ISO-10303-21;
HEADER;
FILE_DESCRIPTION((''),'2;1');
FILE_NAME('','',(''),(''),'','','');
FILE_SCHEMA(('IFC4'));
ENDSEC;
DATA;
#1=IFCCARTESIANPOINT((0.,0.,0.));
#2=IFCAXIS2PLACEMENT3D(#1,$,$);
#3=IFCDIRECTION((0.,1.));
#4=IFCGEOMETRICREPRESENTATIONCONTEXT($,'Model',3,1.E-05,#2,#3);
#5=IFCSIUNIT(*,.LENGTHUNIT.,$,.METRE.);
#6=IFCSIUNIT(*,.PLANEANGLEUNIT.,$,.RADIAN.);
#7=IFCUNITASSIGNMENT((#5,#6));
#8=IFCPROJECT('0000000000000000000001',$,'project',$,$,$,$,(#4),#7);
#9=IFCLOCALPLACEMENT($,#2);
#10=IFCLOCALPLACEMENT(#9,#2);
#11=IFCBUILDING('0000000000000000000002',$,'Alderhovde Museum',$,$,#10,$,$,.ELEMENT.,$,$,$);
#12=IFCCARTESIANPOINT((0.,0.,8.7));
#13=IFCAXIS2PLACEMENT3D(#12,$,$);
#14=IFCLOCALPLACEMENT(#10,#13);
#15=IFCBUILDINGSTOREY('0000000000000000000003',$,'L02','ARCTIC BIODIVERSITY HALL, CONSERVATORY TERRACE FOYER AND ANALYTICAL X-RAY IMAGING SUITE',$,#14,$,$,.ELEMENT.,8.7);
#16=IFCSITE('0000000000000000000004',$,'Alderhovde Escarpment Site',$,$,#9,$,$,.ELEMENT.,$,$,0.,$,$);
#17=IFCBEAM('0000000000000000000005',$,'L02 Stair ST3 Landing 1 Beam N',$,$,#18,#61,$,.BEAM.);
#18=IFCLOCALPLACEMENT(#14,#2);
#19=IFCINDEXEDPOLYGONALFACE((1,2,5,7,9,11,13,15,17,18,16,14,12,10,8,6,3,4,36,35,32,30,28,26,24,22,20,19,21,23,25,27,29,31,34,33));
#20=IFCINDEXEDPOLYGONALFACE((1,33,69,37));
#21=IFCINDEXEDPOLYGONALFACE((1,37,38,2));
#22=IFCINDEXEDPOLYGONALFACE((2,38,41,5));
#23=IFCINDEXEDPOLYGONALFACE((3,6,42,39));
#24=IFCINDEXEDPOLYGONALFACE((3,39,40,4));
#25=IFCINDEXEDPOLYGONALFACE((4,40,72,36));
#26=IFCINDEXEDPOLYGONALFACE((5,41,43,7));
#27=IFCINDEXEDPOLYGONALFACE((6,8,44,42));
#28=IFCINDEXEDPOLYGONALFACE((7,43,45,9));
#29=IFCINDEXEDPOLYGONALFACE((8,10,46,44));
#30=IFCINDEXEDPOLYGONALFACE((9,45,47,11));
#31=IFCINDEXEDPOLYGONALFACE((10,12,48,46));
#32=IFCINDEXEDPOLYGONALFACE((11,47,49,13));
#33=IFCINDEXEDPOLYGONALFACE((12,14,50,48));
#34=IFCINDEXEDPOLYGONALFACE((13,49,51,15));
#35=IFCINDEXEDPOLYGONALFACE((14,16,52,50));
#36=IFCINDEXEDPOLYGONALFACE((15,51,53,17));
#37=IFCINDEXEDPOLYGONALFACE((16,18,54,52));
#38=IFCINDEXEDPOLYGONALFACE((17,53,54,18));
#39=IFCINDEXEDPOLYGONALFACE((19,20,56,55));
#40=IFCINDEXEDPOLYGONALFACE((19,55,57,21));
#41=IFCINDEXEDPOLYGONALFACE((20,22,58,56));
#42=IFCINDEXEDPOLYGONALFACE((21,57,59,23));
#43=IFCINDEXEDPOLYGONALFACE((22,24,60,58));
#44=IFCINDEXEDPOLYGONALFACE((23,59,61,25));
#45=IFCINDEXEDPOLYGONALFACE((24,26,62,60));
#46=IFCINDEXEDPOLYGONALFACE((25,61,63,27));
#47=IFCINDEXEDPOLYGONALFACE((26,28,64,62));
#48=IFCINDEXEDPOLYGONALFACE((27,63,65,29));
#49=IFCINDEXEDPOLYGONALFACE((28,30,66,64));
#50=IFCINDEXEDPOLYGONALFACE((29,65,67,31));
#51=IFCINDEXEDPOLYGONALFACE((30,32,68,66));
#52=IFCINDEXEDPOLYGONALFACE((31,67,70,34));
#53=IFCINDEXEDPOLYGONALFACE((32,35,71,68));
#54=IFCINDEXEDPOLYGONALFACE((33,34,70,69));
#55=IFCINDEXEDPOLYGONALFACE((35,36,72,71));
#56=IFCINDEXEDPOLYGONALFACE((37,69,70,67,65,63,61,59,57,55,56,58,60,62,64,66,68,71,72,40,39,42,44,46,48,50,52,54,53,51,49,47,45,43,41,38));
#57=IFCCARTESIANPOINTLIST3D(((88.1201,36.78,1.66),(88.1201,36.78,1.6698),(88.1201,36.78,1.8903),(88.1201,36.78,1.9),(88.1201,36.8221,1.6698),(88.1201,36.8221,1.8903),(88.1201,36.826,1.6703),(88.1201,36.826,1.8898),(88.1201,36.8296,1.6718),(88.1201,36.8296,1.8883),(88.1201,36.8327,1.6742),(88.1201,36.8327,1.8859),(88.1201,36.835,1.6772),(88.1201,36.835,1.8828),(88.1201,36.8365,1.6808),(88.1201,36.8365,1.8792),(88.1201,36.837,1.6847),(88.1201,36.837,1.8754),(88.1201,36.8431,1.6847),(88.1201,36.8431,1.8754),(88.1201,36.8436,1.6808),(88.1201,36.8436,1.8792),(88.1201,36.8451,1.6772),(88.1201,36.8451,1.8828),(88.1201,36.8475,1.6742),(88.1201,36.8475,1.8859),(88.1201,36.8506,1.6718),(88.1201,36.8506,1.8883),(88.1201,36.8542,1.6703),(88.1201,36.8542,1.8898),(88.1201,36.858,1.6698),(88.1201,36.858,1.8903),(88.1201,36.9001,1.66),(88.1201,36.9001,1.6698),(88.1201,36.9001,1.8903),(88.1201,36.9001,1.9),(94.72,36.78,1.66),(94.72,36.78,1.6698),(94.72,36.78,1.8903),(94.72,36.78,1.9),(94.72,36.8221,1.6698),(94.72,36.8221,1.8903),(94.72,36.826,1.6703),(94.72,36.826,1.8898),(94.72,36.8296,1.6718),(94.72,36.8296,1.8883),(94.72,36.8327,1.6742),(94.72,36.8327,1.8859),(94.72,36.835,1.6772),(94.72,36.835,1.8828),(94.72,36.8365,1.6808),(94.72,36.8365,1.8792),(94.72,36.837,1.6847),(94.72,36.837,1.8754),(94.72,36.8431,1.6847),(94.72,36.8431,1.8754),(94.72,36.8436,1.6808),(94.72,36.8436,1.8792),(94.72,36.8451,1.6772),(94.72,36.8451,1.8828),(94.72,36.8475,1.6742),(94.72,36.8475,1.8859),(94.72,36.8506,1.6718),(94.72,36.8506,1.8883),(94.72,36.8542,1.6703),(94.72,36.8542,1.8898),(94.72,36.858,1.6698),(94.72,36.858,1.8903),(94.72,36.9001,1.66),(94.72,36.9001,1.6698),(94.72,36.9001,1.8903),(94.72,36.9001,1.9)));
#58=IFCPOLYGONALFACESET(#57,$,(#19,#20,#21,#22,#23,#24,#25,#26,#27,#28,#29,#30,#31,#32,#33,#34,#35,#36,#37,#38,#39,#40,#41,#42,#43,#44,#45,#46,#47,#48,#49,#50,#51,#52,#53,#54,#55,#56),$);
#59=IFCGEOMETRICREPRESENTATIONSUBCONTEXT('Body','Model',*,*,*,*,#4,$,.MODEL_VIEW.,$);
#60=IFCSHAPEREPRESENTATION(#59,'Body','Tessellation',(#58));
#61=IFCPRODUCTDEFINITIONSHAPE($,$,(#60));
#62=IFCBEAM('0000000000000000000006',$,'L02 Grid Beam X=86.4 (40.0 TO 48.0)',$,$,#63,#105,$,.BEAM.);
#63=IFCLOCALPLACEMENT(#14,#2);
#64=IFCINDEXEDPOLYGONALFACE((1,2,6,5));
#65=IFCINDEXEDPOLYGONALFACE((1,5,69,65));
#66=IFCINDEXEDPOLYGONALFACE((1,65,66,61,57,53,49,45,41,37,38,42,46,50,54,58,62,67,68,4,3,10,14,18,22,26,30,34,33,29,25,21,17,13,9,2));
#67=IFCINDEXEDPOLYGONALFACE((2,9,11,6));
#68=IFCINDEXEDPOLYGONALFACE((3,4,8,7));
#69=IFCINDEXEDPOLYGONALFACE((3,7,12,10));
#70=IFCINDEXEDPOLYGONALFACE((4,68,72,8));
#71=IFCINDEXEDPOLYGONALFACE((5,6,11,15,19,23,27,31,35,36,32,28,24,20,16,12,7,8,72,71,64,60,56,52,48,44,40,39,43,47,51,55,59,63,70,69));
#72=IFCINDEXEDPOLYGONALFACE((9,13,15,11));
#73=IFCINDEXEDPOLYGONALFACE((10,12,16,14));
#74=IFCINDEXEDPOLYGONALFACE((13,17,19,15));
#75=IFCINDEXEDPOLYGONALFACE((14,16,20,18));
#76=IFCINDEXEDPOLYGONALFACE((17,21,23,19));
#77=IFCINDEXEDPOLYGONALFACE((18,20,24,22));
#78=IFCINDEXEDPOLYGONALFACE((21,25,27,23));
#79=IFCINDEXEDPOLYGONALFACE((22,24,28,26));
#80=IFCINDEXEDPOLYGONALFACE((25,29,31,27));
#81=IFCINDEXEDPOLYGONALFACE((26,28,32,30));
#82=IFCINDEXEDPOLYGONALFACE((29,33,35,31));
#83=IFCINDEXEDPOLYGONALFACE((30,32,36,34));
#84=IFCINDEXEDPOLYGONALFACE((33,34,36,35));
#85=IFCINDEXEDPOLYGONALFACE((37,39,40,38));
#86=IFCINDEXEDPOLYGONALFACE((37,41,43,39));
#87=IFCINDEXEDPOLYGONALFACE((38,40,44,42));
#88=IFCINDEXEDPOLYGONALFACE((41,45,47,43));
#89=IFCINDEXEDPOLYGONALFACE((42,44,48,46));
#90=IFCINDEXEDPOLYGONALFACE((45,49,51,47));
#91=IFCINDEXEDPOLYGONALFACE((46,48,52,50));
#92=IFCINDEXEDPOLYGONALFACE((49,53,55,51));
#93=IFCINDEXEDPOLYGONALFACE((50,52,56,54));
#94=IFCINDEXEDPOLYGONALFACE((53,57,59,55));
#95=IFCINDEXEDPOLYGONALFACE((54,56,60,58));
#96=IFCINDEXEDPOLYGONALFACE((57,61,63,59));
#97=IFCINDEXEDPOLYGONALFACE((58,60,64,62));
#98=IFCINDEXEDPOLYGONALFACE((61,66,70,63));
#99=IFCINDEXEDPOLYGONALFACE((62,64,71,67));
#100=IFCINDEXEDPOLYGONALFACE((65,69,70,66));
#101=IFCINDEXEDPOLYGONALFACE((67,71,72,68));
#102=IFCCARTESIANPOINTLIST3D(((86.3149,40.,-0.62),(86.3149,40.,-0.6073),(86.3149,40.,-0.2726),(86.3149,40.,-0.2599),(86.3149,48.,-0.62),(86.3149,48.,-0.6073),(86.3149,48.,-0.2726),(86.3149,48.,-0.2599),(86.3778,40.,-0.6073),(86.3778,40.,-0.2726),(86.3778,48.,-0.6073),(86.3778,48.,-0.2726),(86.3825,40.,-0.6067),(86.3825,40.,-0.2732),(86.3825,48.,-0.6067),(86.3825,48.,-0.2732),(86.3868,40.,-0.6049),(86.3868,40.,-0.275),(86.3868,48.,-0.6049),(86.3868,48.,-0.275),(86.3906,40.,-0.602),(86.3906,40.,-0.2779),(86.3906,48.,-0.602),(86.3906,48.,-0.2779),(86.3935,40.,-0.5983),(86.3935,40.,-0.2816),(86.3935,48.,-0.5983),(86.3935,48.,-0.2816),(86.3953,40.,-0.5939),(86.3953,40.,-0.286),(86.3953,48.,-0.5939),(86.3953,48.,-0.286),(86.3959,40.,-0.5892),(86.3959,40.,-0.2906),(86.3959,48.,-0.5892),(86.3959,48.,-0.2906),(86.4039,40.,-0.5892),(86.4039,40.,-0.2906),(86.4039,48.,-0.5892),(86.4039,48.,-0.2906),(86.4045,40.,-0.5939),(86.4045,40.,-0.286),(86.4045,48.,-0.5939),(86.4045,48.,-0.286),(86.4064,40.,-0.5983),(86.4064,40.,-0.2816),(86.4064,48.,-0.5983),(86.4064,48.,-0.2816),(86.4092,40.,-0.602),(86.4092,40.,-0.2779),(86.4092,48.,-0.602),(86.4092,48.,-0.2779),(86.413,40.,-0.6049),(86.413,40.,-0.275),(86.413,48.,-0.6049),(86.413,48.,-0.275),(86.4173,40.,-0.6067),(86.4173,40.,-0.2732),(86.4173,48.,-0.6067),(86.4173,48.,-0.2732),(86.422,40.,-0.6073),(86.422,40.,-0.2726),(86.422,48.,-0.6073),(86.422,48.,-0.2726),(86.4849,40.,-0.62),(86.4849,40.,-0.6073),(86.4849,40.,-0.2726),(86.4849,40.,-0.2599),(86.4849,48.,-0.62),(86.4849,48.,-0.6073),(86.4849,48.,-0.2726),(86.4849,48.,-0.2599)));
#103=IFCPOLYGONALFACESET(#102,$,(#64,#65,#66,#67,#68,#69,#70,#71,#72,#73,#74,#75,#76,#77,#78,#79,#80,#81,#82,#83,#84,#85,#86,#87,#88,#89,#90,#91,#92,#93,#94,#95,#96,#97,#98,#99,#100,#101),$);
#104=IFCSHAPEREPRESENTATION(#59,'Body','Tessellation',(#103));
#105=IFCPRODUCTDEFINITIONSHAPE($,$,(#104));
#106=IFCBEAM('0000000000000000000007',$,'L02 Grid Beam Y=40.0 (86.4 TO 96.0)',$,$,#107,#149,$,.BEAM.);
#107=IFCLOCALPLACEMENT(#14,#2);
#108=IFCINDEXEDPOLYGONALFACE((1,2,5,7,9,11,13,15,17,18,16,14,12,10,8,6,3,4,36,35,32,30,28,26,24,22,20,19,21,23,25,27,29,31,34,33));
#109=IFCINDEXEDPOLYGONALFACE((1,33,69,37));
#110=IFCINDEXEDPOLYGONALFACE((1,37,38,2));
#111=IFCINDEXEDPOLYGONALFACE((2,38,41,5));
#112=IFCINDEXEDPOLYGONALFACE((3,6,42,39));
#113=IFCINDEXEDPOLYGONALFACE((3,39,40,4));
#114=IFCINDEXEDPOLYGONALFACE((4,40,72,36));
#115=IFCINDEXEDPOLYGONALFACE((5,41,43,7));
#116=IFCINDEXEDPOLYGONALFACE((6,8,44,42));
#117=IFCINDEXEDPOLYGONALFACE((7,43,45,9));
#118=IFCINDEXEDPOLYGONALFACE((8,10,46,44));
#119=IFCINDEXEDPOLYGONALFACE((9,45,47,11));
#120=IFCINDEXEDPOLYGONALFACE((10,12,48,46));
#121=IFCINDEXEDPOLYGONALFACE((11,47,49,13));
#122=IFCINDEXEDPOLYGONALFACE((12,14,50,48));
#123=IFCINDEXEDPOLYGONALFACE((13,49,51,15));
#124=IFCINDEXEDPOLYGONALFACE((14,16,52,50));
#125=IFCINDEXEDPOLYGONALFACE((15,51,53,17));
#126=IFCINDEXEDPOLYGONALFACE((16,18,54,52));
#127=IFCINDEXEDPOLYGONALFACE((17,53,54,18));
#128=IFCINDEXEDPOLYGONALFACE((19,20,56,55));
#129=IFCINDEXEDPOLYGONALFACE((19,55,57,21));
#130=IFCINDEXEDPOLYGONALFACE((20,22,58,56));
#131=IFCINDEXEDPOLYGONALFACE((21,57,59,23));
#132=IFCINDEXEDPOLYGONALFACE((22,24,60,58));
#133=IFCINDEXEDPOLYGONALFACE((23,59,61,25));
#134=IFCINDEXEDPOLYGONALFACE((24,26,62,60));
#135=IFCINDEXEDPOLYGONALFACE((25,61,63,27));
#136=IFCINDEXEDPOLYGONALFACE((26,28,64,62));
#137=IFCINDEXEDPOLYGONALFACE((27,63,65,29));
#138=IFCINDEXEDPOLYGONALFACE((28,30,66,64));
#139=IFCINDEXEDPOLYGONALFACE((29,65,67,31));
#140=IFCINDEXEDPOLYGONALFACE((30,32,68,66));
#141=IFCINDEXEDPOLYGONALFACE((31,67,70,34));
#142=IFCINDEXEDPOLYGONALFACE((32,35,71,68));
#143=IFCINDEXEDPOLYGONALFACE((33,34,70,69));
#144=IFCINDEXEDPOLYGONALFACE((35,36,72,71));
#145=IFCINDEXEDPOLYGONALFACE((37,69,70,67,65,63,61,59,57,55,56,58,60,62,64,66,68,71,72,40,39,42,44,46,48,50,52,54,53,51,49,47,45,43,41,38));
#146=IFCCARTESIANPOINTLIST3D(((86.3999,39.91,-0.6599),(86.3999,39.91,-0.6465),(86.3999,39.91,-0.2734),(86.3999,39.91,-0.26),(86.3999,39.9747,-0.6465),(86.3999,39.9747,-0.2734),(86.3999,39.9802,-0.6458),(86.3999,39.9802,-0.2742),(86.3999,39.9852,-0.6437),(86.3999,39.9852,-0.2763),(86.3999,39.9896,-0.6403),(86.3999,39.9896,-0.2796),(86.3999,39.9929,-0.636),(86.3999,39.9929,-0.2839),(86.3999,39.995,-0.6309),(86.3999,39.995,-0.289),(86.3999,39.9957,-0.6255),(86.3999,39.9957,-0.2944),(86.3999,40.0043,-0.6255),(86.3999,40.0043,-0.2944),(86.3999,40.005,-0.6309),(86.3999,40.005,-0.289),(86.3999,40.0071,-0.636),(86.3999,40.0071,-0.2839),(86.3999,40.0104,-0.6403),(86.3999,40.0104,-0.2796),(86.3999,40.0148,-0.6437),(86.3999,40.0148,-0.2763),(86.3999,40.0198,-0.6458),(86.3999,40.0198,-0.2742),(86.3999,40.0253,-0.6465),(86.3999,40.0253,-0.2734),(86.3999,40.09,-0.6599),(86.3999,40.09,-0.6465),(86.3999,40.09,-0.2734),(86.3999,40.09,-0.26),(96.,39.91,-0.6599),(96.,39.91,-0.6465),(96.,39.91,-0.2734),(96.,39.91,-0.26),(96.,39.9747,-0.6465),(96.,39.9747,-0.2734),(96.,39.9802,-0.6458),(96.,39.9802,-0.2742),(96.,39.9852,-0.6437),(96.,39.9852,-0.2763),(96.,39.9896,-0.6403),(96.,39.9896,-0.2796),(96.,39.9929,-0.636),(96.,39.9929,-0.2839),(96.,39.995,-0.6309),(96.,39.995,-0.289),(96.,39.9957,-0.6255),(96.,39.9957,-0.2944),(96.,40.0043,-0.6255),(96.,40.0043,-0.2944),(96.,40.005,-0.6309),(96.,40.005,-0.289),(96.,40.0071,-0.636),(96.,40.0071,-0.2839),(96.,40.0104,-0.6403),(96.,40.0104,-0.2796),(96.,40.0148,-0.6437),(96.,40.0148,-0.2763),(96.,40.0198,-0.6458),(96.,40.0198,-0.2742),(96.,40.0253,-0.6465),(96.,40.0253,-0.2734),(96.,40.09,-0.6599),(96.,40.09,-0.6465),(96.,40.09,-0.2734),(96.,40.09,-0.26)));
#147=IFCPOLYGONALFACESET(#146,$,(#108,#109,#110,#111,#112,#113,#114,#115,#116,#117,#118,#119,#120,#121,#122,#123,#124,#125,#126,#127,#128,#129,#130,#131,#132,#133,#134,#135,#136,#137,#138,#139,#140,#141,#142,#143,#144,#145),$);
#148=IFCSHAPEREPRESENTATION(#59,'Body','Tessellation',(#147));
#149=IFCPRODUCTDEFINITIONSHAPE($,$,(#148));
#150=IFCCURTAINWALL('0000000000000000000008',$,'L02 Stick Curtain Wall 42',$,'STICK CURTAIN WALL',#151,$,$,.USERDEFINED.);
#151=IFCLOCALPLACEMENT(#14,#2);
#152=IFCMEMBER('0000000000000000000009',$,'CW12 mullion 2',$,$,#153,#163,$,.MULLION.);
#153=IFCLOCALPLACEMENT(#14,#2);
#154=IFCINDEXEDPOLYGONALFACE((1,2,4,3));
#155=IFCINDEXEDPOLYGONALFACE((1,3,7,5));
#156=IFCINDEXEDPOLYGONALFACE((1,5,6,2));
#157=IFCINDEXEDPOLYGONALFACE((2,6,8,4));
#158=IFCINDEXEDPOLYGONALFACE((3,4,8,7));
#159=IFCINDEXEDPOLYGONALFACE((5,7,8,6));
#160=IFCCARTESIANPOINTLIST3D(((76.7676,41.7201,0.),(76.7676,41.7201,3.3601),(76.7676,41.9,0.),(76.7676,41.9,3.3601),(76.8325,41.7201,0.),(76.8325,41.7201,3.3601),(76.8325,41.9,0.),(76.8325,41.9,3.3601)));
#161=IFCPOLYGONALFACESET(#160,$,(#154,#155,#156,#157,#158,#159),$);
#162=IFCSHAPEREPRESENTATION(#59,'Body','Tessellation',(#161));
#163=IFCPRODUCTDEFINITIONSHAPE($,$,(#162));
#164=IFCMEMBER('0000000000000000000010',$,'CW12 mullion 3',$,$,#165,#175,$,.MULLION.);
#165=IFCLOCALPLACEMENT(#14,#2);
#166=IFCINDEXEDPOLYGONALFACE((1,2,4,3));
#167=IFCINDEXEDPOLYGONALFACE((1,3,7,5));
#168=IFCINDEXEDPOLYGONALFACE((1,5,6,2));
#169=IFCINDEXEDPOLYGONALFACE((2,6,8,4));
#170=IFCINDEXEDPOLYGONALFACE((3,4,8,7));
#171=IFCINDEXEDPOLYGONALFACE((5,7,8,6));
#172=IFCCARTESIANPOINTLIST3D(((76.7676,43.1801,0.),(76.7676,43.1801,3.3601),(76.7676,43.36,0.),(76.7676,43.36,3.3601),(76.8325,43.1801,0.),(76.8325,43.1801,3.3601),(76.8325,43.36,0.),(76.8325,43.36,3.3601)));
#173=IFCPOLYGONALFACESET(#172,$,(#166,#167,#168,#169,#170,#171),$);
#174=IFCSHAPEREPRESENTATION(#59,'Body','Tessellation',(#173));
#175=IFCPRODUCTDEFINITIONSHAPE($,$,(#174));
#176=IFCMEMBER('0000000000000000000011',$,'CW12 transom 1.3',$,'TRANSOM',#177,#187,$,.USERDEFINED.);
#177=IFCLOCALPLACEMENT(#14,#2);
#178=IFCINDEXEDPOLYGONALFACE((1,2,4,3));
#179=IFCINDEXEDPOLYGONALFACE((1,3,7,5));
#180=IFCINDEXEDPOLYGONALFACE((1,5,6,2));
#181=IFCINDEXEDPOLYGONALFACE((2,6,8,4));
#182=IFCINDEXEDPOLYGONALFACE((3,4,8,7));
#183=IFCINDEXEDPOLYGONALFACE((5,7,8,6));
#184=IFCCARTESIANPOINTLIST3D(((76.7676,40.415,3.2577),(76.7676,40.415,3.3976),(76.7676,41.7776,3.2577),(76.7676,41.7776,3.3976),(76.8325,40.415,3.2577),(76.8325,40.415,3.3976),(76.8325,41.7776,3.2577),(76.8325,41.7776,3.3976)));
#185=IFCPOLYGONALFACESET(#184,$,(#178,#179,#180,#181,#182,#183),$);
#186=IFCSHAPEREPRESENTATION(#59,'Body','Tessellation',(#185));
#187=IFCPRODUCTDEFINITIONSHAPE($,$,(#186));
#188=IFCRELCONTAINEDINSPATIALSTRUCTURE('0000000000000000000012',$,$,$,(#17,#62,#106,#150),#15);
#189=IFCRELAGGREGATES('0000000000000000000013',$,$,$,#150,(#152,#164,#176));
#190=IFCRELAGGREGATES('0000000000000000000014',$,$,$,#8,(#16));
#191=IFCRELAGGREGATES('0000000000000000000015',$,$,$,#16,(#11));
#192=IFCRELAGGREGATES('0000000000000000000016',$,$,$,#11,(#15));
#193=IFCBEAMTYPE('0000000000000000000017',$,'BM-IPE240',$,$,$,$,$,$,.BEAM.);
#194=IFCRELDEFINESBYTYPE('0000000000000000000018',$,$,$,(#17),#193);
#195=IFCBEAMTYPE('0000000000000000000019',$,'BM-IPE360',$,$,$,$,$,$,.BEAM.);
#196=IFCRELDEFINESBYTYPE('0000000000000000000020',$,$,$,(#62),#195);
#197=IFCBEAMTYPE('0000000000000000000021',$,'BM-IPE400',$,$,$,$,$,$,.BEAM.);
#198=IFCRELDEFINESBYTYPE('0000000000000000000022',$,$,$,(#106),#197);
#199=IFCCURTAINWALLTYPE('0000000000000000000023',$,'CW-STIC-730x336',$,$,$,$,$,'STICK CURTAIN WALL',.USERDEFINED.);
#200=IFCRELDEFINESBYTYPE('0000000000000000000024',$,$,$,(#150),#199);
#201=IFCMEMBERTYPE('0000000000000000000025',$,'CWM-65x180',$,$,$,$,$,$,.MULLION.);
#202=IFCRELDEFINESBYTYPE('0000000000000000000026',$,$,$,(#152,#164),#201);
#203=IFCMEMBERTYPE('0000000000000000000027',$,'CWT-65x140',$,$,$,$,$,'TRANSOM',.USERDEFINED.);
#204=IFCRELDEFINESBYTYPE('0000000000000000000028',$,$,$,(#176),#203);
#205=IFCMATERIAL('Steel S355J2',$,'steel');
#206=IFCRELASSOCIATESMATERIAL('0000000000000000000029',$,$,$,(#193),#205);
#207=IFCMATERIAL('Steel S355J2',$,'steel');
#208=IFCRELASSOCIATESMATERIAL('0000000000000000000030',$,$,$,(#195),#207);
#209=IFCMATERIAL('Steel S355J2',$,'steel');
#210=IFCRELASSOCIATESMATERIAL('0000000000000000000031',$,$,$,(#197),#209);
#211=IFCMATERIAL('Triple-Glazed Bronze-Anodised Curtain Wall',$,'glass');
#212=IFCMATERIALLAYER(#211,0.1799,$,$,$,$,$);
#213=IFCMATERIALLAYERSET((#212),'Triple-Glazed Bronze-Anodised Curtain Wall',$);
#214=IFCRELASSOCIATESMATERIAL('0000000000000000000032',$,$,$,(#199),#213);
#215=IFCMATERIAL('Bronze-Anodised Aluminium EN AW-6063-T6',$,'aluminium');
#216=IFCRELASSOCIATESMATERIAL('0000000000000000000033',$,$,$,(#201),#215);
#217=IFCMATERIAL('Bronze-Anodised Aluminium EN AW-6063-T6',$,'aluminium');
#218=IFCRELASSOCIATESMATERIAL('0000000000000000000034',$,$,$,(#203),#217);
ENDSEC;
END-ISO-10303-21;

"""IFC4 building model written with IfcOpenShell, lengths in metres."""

from ifc_helpers import new_model, si_unit, direction, frame, origin, origin_2d, place, context, subcontext, project, spatial, rectangle, i_section, extrude, material, layer, layer_set, material_profile, profile_set, type_object, element, aggregate, save


model = new_model("IFC4")

# Units and contexts
model_context = context("Model", 3, precision=1e-05, world=origin(), true_north=direction((0.0, 1.0)))
body_context = subcontext(model_context, "Body", "Model", "MODEL_VIEW")
ifc_project = project(units=[si_unit("LENGTHUNIT", "METRE"), si_unit("PLANEANGLEUNIT", "RADIAN")], contexts=[model_context])

# Site, building, storey
site_placement = place(None, origin())
site = spatial("IfcSite", under=ifc_project, at=site_placement, Name="Alderhovde Escarpment Site", CompositionType="ELEMENT", RefElevation=0.0)
building_placement = place(site_placement, origin())
building = spatial("IfcBuilding", under=site, at=building_placement, Name="Alderhovde Museum", CompositionType="ELEMENT")
storey_placement = place(building_placement, frame((0.0, 0.0, 8.7)))
storey = spatial("IfcBuildingStorey", under=building, at=storey_placement, Name="L02", Description="ARCTIC BIODIVERSITY HALL, CONSERVATORY TERRACE FOYER AND ANALYTICAL X-RAY IMAGING SUITE", CompositionType="ELEMENT", Elevation=8.7)

# Beams
ifc_material_1 = material(Name="Steel S355J2", Category="steel")
ifc_material_profile_1 = material_profile(ifc_material_1, i_section(OverallWidth=0.1201, OverallDepth=0.24, WebThickness=0.0061, FlangeThickness=0.0098, FilletRadius=0.0149, at=origin_2d()), Name="IPE 240")
ifc_profile_set_1 = profile_set([ifc_material_profile_1], Name="Steel S355J2")
beam_type_1 = type_object("IfcBeamType", Name="BM-IPE240", PredefinedType="BEAM", material=ifc_profile_set_1)
for number, where, z_axis, x_axis, name in (
    (1, (88.1201, 36.8401, 1.78), (1.0, 0.0, 0.0), (0.0, 1.0, 0.0), "L02 Stair ST3 Landing 1 Beam N"),
):
    element("IfcBeam", number, at=place(storey_placement, frame(where, z_axis=z_axis, x_axis=x_axis)), inside=storey, type_object=beam_type_1, Name=name, PredefinedType="BEAM", context=body_context, shape_type="SweptSolid", body=[
        extrude(i_section(OverallWidth=0.1201, OverallDepth=0.24, WebThickness=0.0061, FlangeThickness=0.0098, FilletRadius=0.0149, at=origin_2d()), origin(), (0.0, 0.0, 1.0), 6.5999),
    ])
ifc_material_2 = material(Name="Steel S355J2", Category="steel")
ifc_material_profile_2 = material_profile(ifc_material_2, i_section(OverallWidth=0.1699, OverallDepth=0.3601, WebThickness=0.0081, FlangeThickness=0.0127, FilletRadius=0.0181, at=origin_2d()), Name="IPE 360")
ifc_profile_set_2 = profile_set([ifc_material_profile_2], Name="Steel S355J2")
beam_type_2 = type_object("IfcBeamType", Name="BM-IPE360", PredefinedType="BEAM", material=ifc_profile_set_2)
beam_1_placement = place(storey_placement, frame((86.3999, 40.0, -0.4399), z_axis=(0.0, 1.0, 0.0), x_axis=(-1.0, 0.0, 0.0)))
element("IfcBeam", 2, at=beam_1_placement, inside=storey, type_object=beam_type_2, Name="L02 Grid Beam X=86.4 (40.0 TO 48.0)", PredefinedType="BEAM", context=body_context, shape_type="SweptSolid", body=[
    extrude(i_section(OverallWidth=0.1699, OverallDepth=0.3601, WebThickness=0.0081, FlangeThickness=0.0127, FilletRadius=0.0181, at=origin_2d()), origin(), (0.0, 0.0, 1.0), 8.0),
])
ifc_material_3 = material(Name="Steel S355J2", Category="steel")
ifc_material_profile_3 = material_profile(ifc_material_3, i_section(OverallWidth=0.1799, OverallDepth=0.3999, WebThickness=0.0085, FlangeThickness=0.0134, FilletRadius=0.021, at=origin_2d()), Name="IPE 400")
ifc_profile_set_3 = profile_set([ifc_material_profile_3], Name="Steel S355J2")
beam_type_3 = type_object("IfcBeamType", Name="BM-IPE400", PredefinedType="BEAM", material=ifc_profile_set_3)
beam_2_placement = place(storey_placement, frame((86.3999, 40.0, -0.46), z_axis=(1.0, 0.0, 0.0), x_axis=(0.0, 1.0, 0.0)))
element("IfcBeam", 3, at=beam_2_placement, inside=storey, type_object=beam_type_3, Name="L02 Grid Beam Y=40.0 (86.4 TO 96.0)", PredefinedType="BEAM", context=body_context, shape_type="SweptSolid", body=[
    extrude(i_section(OverallWidth=0.1799, OverallDepth=0.3999, WebThickness=0.0085, FlangeThickness=0.0134, FilletRadius=0.021, at=origin_2d()), origin(), (0.0, 0.0, 1.0), 9.6001),
])

# Curtain wall, members
ifc_material_4 = material(Name="Triple-Glazed Bronze-Anodised Curtain Wall", Category="glass")
ifc_layer_1 = layer(ifc_material_4, 0.1799)
ifc_layer_set_1 = layer_set([ifc_layer_1], Name="Triple-Glazed Bronze-Anodised Curtain Wall")
curtain_wall_type = type_object("IfcCurtainWallType", Name="CW-STIC-730x336", ElementType="STICK CURTAIN WALL", PredefinedType="USERDEFINED", material=ifc_layer_set_1)
curtain_wall_placement = place(storey_placement, origin())
curtain_wall = element("IfcCurtainWall", 4, at=curtain_wall_placement, inside=storey, type_object=curtain_wall_type, Name="L02 Stick Curtain Wall 42", ObjectType="STICK CURTAIN WALL", PredefinedType="USERDEFINED")
ifc_material_5 = material(Name="Bronze-Anodised Aluminium EN AW-6063-T6", Category="aluminium")
ifc_material_profile_4 = material_profile(ifc_material_5, rectangle(XDim=0.0649, YDim=0.1799, at=origin_2d()), Name="MULLION 65x180")
ifc_profile_set_4 = profile_set([ifc_material_profile_4], Name="Bronze-Anodised Aluminium EN AW-6063-T6")
member_type_1 = type_object("IfcMemberType", Name="CWM-65x180", PredefinedType="MULLION", material=ifc_profile_set_4)
member_1_placement = place(storey_placement, frame((76.8, 41.8101, 0.0), z_axis=(0.0, 0.0, 1.0), x_axis=(-1.0, 0.0, 0.0)))
member_1 = element("IfcMember", 5, at=member_1_placement, type_object=member_type_1, Name="CW12 mullion 2", PredefinedType="MULLION", context=body_context, shape_type="SweptSolid", body=[
    extrude(rectangle(XDim=0.0649, YDim=0.1799, at=origin_2d()), origin(), (0.0, 0.0, 1.0), 3.3601),
])
member_2_placement = place(storey_placement, frame((76.8, 43.27, 0.0), z_axis=(0.0, 0.0, 1.0), x_axis=(-1.0, 0.0, 0.0)))
member_2 = element("IfcMember", 6, at=member_2_placement, type_object=member_type_1, Name="CW12 mullion 3", PredefinedType="MULLION", context=body_context, shape_type="SweptSolid", body=[
    extrude(rectangle(XDim=0.0649, YDim=0.1799, at=origin_2d()), origin(), (0.0, 0.0, 1.0), 3.3601),
])
ifc_material_6 = material(Name="Bronze-Anodised Aluminium EN AW-6063-T6", Category="aluminium")
ifc_material_profile_5 = material_profile(ifc_material_6, rectangle(XDim=0.0649, YDim=0.1399, at=origin_2d()), Name="TRANSOM 65x140")
ifc_profile_set_5 = profile_set([ifc_material_profile_5], Name="Bronze-Anodised Aluminium EN AW-6063-T6")
member_type_2 = type_object("IfcMemberType", Name="CWT-65x140", ElementType="TRANSOM", PredefinedType="USERDEFINED", material=ifc_profile_set_5)
member_3_placement = place(storey_placement, frame((76.8, 40.415, 3.3276), z_axis=(0.0, 1.0, 0.0), x_axis=(-1.0, 0.0, 0.0)))
member_3 = element("IfcMember", 7, at=member_3_placement, type_object=member_type_2, Name="CW12 transom 1.3", ObjectType="TRANSOM", PredefinedType="USERDEFINED", context=body_context, shape_type="SweptSolid", body=[
    extrude(rectangle(XDim=0.0649, YDim=0.1399, at=origin_2d()), origin(), (0.0, 0.0, 1.0), 1.3625),
])

aggregate(curtain_wall, [member_1, member_2, member_3])

save(model, "model.ifc")
